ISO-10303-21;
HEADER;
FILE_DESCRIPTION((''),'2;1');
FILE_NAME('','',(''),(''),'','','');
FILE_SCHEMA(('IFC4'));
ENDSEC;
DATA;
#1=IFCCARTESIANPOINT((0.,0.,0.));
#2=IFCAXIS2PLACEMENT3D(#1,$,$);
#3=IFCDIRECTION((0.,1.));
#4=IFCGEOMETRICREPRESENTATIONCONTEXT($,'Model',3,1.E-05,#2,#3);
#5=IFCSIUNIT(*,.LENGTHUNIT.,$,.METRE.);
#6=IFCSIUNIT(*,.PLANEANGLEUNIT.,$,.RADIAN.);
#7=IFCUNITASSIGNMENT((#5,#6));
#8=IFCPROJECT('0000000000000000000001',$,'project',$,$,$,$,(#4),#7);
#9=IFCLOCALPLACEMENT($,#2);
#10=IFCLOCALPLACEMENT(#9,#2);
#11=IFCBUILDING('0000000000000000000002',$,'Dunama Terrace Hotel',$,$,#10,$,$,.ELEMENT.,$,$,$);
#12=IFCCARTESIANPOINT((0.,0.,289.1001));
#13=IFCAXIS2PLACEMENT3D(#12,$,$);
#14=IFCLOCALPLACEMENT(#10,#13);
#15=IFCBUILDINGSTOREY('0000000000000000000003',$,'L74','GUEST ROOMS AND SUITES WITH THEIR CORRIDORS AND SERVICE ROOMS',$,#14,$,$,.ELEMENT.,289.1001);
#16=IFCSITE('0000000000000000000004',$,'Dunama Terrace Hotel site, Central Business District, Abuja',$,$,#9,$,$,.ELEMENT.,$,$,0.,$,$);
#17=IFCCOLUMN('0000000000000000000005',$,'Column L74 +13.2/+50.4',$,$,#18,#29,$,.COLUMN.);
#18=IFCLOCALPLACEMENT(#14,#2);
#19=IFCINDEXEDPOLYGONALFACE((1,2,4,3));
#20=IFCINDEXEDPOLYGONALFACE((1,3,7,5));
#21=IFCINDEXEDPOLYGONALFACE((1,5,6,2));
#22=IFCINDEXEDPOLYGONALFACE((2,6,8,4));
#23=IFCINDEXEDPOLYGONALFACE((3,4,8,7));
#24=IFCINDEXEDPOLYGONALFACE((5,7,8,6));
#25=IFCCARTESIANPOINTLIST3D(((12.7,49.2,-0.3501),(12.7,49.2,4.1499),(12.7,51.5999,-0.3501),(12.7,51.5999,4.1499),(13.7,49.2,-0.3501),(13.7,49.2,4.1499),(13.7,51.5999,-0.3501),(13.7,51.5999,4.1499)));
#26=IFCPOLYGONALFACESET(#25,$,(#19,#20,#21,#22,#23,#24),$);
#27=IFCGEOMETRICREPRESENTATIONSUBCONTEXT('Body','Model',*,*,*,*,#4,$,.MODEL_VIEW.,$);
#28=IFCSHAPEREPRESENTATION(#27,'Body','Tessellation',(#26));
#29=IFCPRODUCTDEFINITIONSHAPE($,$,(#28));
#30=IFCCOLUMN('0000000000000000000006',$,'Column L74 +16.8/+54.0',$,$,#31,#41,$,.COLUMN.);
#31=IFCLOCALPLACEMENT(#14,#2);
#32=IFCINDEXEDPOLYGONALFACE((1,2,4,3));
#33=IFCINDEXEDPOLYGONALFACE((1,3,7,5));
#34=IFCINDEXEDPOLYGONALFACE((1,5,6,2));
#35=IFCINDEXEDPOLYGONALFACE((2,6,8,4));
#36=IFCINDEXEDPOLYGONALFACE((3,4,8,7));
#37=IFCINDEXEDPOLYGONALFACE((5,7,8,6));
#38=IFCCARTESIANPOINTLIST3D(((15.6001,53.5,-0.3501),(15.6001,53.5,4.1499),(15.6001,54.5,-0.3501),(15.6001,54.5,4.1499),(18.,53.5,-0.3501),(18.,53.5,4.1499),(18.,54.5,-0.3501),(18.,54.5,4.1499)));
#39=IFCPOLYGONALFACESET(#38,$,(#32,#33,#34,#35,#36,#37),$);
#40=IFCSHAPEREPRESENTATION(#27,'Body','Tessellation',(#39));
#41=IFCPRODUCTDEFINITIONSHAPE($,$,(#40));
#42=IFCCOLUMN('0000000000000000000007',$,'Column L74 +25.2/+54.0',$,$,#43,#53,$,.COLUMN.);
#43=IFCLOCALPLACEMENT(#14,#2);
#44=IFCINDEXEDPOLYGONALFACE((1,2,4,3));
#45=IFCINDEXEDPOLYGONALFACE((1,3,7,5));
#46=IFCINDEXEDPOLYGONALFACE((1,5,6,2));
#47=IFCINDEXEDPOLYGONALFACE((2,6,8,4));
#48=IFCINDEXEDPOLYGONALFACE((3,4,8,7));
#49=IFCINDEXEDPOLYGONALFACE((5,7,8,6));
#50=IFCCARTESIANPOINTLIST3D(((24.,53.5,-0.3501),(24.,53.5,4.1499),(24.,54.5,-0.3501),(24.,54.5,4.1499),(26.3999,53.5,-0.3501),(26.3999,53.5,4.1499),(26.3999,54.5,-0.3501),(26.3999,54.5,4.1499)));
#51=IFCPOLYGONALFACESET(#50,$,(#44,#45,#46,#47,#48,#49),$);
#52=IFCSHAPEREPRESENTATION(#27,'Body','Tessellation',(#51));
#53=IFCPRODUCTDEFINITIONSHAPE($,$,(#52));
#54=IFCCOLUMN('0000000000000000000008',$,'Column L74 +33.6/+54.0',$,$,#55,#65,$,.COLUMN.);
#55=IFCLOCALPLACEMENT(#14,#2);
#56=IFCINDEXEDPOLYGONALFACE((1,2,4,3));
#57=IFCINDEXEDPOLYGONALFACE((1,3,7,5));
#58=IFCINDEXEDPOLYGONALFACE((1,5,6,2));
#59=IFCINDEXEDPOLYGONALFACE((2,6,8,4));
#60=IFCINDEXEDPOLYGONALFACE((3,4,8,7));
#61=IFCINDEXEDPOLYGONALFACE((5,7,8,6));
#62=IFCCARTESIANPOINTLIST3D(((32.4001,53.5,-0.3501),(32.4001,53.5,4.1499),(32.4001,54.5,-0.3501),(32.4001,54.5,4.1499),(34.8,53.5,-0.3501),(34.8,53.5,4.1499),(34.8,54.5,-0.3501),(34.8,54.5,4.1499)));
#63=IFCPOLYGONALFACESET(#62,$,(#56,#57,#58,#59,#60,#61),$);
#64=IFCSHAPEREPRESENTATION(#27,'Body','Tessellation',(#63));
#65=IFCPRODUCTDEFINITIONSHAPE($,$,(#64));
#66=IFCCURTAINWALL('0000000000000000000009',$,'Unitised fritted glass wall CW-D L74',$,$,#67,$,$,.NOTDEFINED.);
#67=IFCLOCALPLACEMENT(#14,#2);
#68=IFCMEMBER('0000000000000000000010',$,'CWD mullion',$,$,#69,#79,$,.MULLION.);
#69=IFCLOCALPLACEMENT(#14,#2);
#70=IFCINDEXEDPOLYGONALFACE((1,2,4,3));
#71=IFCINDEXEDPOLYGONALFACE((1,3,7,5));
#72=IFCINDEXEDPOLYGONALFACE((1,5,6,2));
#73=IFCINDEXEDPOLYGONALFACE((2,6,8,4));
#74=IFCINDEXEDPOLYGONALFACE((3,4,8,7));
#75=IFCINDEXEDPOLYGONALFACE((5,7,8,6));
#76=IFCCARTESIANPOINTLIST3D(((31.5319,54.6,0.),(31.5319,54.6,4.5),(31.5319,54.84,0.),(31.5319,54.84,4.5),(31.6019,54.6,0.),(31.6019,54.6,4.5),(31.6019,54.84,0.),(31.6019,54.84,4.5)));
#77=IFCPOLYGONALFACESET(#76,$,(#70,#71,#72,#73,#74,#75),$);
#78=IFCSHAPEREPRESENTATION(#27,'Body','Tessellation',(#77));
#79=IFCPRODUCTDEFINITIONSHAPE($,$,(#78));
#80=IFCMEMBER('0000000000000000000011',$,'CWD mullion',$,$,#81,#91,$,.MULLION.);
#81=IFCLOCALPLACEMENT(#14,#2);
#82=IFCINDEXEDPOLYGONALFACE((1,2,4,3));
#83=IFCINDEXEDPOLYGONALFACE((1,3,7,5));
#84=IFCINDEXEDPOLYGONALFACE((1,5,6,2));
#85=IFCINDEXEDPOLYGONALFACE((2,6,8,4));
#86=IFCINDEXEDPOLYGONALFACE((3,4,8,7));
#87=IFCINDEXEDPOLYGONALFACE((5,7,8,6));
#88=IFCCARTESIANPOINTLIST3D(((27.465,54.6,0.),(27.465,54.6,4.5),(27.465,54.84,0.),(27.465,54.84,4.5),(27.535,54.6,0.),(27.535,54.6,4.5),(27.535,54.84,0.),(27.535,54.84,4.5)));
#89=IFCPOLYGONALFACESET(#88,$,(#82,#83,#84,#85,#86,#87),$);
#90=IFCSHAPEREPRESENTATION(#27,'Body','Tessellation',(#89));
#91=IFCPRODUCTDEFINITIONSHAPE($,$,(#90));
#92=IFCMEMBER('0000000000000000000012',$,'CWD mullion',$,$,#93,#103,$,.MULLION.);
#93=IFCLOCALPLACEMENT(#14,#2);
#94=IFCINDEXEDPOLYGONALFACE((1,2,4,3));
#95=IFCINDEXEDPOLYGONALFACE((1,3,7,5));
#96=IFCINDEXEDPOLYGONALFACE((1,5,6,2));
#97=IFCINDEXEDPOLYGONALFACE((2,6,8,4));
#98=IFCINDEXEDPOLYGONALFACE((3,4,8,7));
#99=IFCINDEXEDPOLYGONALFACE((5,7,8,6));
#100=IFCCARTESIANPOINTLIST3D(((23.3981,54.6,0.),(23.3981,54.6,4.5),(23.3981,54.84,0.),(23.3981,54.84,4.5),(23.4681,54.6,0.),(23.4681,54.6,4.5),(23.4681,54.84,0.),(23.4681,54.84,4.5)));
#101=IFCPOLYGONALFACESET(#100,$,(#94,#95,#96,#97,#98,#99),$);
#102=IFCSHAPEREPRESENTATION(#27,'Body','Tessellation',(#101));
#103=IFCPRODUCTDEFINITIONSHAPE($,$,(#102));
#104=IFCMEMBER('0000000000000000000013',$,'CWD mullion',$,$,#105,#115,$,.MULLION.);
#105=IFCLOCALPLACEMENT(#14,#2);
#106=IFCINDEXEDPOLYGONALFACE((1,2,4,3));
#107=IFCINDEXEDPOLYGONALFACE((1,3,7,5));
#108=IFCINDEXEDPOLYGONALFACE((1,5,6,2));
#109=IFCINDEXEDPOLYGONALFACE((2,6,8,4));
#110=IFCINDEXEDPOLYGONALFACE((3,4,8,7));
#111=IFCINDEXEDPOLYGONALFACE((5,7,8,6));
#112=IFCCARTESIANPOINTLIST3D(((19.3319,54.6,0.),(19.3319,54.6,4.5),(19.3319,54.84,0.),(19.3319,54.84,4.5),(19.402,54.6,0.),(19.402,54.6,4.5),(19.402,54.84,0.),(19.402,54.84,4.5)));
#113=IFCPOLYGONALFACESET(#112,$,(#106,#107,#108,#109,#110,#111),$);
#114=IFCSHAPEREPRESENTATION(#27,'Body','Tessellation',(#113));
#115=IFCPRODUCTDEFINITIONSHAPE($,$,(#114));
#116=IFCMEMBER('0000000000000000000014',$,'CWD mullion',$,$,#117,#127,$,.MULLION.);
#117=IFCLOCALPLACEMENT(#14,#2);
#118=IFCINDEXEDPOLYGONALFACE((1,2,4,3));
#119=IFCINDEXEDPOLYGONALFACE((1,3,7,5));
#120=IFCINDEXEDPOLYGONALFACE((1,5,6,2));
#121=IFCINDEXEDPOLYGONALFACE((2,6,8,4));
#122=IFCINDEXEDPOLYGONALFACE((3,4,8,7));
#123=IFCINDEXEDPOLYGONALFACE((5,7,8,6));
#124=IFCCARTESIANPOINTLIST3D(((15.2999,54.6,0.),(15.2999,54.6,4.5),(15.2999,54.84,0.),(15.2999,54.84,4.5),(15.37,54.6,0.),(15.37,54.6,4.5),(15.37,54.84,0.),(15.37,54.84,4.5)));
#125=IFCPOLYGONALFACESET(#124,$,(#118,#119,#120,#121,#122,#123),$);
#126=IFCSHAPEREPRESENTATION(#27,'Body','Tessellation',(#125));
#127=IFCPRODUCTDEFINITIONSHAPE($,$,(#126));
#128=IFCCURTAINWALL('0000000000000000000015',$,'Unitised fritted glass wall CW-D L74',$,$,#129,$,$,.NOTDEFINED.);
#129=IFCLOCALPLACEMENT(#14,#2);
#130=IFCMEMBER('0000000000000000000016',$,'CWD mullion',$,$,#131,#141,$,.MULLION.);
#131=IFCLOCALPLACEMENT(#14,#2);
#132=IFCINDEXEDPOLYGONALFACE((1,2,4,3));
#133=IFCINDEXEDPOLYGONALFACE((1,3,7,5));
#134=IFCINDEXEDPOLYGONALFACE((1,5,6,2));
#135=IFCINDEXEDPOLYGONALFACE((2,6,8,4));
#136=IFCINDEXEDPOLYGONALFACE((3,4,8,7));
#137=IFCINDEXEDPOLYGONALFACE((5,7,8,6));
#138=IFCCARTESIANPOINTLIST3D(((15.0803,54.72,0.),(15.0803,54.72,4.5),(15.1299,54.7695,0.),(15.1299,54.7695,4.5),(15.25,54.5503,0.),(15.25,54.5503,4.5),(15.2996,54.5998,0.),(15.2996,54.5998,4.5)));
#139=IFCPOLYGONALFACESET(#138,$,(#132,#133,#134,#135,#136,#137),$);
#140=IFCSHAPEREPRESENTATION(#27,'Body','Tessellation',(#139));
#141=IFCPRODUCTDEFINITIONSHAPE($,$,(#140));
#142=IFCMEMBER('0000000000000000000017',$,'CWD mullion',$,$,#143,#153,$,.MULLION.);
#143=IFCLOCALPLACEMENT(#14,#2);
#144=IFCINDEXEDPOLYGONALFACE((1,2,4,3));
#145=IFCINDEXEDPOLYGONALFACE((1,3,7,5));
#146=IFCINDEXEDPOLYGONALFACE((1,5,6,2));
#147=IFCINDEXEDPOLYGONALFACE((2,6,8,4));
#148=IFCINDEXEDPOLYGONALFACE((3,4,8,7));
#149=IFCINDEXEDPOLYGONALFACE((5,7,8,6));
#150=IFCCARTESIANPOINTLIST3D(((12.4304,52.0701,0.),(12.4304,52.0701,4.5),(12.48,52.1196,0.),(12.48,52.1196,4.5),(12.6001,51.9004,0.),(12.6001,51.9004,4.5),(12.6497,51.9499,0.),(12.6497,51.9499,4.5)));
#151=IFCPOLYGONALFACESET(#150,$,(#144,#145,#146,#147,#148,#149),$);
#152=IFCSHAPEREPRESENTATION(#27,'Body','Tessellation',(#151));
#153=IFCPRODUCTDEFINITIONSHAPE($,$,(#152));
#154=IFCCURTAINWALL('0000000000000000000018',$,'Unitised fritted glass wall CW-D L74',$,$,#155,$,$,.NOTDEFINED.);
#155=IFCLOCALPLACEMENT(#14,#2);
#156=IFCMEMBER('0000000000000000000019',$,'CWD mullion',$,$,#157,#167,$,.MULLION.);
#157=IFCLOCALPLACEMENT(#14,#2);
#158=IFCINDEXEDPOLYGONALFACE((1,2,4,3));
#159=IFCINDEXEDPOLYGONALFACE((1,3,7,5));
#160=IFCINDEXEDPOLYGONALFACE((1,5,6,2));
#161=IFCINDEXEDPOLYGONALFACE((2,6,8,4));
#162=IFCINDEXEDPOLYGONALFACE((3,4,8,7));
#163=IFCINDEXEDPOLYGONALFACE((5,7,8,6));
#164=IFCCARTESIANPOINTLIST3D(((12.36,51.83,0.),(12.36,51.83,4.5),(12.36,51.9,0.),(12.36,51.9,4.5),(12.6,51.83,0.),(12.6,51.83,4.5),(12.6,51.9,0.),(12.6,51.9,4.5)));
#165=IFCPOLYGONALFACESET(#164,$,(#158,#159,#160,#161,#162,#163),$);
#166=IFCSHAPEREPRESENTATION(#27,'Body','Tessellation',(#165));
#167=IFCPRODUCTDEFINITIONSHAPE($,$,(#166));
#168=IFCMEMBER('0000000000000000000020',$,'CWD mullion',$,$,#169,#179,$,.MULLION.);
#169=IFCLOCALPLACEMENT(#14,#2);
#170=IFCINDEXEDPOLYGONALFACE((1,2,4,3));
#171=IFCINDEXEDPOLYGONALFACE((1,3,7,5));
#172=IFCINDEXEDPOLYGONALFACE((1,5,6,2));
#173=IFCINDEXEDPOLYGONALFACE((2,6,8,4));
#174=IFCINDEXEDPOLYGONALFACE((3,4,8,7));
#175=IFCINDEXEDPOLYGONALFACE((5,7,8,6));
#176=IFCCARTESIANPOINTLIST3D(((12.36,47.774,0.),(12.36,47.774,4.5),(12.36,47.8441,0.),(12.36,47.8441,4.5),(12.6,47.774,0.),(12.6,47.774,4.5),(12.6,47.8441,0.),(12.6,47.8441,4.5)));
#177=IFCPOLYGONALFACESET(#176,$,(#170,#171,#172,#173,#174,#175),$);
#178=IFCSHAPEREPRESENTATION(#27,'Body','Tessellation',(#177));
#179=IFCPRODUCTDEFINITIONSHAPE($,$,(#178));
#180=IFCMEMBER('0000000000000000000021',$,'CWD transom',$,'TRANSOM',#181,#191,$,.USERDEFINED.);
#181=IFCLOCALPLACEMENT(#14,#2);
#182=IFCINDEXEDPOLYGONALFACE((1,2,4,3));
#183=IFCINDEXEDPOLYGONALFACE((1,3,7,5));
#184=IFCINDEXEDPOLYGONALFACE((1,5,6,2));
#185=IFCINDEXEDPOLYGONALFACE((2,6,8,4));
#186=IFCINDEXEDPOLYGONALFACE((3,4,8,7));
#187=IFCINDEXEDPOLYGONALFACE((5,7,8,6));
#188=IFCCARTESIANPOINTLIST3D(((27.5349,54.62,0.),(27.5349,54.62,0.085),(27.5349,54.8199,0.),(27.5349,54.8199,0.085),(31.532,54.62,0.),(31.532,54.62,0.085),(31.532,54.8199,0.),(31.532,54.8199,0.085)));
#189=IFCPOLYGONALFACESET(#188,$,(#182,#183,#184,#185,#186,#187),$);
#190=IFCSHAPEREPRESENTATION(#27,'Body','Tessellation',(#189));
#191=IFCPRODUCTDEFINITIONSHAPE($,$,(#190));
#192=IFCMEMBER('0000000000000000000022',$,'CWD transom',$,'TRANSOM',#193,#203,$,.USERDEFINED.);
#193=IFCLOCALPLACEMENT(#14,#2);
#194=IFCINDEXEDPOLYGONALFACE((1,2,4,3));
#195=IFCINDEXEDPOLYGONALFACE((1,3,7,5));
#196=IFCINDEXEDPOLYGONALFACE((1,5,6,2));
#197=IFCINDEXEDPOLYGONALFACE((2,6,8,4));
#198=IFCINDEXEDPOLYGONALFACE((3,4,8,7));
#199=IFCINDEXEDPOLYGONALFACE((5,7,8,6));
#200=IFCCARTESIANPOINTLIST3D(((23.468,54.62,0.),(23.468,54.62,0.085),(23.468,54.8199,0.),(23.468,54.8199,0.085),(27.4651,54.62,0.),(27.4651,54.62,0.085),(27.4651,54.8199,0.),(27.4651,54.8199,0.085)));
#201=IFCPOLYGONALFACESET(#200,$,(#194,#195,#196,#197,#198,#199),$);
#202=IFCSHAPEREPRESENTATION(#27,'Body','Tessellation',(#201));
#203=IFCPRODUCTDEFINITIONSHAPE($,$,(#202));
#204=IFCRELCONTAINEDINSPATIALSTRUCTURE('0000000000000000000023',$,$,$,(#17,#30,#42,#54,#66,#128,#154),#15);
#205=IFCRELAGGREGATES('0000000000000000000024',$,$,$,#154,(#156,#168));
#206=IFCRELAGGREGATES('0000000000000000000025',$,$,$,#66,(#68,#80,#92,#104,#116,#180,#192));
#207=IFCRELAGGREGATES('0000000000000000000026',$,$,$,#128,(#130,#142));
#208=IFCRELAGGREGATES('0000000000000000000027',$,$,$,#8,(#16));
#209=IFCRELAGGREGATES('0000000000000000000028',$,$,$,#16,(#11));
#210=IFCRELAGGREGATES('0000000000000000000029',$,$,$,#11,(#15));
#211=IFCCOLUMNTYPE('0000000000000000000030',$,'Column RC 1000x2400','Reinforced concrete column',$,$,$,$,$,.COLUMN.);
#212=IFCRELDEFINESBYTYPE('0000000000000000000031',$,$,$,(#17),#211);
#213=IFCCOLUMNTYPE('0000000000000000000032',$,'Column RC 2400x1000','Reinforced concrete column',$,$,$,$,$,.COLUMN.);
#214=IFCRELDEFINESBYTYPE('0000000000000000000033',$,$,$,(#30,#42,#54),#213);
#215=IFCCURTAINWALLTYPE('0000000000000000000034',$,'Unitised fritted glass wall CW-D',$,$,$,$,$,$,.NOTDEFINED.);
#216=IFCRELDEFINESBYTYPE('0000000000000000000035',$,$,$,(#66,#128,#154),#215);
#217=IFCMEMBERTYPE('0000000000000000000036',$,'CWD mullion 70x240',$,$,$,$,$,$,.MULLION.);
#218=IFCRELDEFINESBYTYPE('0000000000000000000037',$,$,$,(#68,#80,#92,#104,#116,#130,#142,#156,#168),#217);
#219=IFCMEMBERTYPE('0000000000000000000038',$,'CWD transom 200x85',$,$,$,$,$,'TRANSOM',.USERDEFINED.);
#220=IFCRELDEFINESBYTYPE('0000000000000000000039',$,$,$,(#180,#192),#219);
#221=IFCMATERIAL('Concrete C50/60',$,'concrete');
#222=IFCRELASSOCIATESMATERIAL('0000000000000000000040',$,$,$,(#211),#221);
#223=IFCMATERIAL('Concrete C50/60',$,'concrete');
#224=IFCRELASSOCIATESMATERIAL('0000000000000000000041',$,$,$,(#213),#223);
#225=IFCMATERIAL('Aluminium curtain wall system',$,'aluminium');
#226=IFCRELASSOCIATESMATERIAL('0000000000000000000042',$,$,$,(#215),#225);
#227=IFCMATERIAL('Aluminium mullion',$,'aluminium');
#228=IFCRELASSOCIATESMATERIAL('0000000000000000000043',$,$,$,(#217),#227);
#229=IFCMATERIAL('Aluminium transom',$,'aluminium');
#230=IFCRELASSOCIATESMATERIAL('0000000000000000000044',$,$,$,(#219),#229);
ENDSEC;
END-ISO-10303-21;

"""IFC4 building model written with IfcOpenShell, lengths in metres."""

from ifc_helpers import new_model, si_unit, direction, frame, origin, origin_2d, place, context, subcontext, project, spatial, rectangle, extrude, material, material_profile, profile_set, type_object, element, aggregate, save


model = new_model("IFC4")

# Units and contexts
model_context = context("Model", 3, precision=1e-05, world=origin(), true_north=direction((0.0, 1.0)))
body_context = subcontext(model_context, "Body", "Model", "MODEL_VIEW")
ifc_project = project(units=[si_unit("LENGTHUNIT", "METRE"), si_unit("PLANEANGLEUNIT", "RADIAN")], contexts=[model_context])

# Site, building, storey
site_placement = place(None, origin())
site = spatial("IfcSite", under=ifc_project, at=site_placement, Name="Dunama Terrace Hotel site, Central Business District, Abuja", CompositionType="ELEMENT", RefElevation=0.0)
building_placement = place(site_placement, origin())
building = spatial("IfcBuilding", under=site, at=building_placement, Name="Dunama Terrace Hotel", CompositionType="ELEMENT")
storey_placement = place(building_placement, frame((0.0, 0.0, 289.1001)))
storey = spatial("IfcBuildingStorey", under=building, at=storey_placement, Name="L74", Description="GUEST ROOMS AND SUITES WITH THEIR CORRIDORS AND SERVICE ROOMS", CompositionType="ELEMENT", Elevation=289.1001)

# Columns
ifc_material_1 = material(Name="Concrete C50/60", Category="concrete")
ifc_material_profile_1 = material_profile(ifc_material_1, rectangle(XDim=1.0, YDim=2.3999, at=origin_2d()), Name="RC 1000x2400")
ifc_profile_set_1 = profile_set([ifc_material_profile_1], Name="Concrete C50/60")
column_type_1 = type_object("IfcColumnType", Name="Column RC 1000x2400", Description="Reinforced concrete column", PredefinedType="COLUMN", material=ifc_profile_set_1)
column_placement = place(storey_placement, frame((13.2, 50.3999, -0.3501), z_axis=(0.0, 0.0, 1.0), x_axis=(1.0, 0.0, 0.0)))
element("IfcColumn", 1, at=column_placement, inside=storey, type_object=column_type_1, Name="Column L74 +13.2/+50.4", PredefinedType="COLUMN", context=body_context, shape_type="SweptSolid", body=[
    extrude(rectangle(XDim=1.0, YDim=2.3999, at=origin_2d()), origin(), (0.0, 0.0, 1.0), 4.5),
])
ifc_material_2 = material(Name="Concrete C50/60", Category="concrete")
ifc_material_profile_2 = material_profile(ifc_material_2, rectangle(XDim=2.3999, YDim=1.0, at=origin_2d()), Name="RC 2400x1000")
ifc_profile_set_2 = profile_set([ifc_material_profile_2], Name="Concrete C50/60")
column_type_2 = type_object("IfcColumnType", Name="Column RC 2400x1000", Description="Reinforced concrete column", PredefinedType="COLUMN", material=ifc_profile_set_2)
for number, where, z_axis, x_axis, name in (
    (2, (16.8, 54.0, -0.3501), (0.0, 0.0, 1.0), (1.0, 0.0, 0.0), "Column L74 +16.8/+54.0"),
    (3, (25.2, 54.0, -0.3501), (0.0, 0.0, 1.0), (1.0, 0.0, 0.0), "Column L74 +25.2/+54.0"),
    (4, (33.6001, 54.0, -0.3501), (0.0, 0.0, 1.0), (1.0, 0.0, 0.0), "Column L74 +33.6/+54.0"),
):
    element("IfcColumn", number, at=place(storey_placement, frame(where, z_axis=z_axis, x_axis=x_axis)), inside=storey, type_object=column_type_2, Name=name, PredefinedType="COLUMN", context=body_context, shape_type="SweptSolid", body=[
        extrude(rectangle(XDim=2.3999, YDim=1.0, at=origin_2d()), origin(), (0.0, 0.0, 1.0), 4.5),
    ])

# Curtain walls, members
ifc_material_3 = material(Name="Aluminium curtain wall system", Category="aluminium")
curtain_wall_type = type_object("IfcCurtainWallType", Name="Unitised fritted glass wall CW-D", PredefinedType="NOTDEFINED", material=ifc_material_3)
curtain_wall_1_placement = place(storey_placement, origin())
curtain_wall_1 = element("IfcCurtainWall", 5, at=curtain_wall_1_placement, inside=storey, type_object=curtain_wall_type, Name="Unitised fritted glass wall CW-D L74", PredefinedType="NOTDEFINED")
ifc_material_4 = material(Name="Aluminium mullion", Category="aluminium")
ifc_material_profile_3 = material_profile(ifc_material_4, rectangle(XDim=0.0701, YDim=0.24, at=origin_2d()), Name="CWD MULLION 70X240")
ifc_profile_set_3 = profile_set([ifc_material_profile_3], Name="Aluminium mullion")
member_type_1 = type_object("IfcMemberType", Name="CWD mullion 70x240", PredefinedType="MULLION", material=ifc_profile_set_3)
member_1_placement = place(storey_placement, frame((31.5669, 54.72, 0.0), z_axis=(0.0, 0.0, 1.0), x_axis=(-1.0, 0.0, 0.0)))
member_1 = element("IfcMember", 6, at=member_1_placement, type_object=member_type_1, Name="CWD mullion", PredefinedType="MULLION", context=body_context, shape_type="SweptSolid", body=[
    extrude(rectangle(XDim=0.0701, YDim=0.24, at=origin_2d()), origin(), (0.0, 0.0, 1.0), 4.5),
])
member_2_placement = place(storey_placement, frame((27.5, 54.72, 0.0), z_axis=(0.0, 0.0, 1.0), x_axis=(-1.0, 0.0, 0.0)))
member_2 = element("IfcMember", 7, at=member_2_placement, type_object=member_type_1, Name="CWD mullion", PredefinedType="MULLION", context=body_context, shape_type="SweptSolid", body=[
    extrude(rectangle(XDim=0.0701, YDim=0.24, at=origin_2d()), origin(), (0.0, 0.0, 1.0), 4.5),
])
member_3_placement = place(storey_placement, frame((23.4331, 54.72, 0.0), z_axis=(0.0, 0.0, 1.0), x_axis=(-1.0, 0.0, 0.0)))
member_3 = element("IfcMember", 8, at=member_3_placement, type_object=member_type_1, Name="CWD mullion", PredefinedType="MULLION", context=body_context, shape_type="SweptSolid", body=[
    extrude(rectangle(XDim=0.0701, YDim=0.24, at=origin_2d()), origin(), (0.0, 0.0, 1.0), 4.5),
])
member_4_placement = place(storey_placement, frame((19.3669, 54.72, 0.0), z_axis=(0.0, 0.0, 1.0), x_axis=(-1.0, 0.0, 0.0)))
member_4 = element("IfcMember", 9, at=member_4_placement, type_object=member_type_1, Name="CWD mullion", PredefinedType="MULLION", context=body_context, shape_type="SweptSolid", body=[
    extrude(rectangle(XDim=0.0701, YDim=0.24, at=origin_2d()), origin(), (0.0, 0.0, 1.0), 4.5),
])
member_5_placement = place(storey_placement, frame((15.335, 54.72, 0.0), z_axis=(0.0, 0.0, 1.0), x_axis=(-1.0, 0.0, 0.0)))
member_5 = element("IfcMember", 10, at=member_5_placement, type_object=member_type_1, Name="CWD mullion", PredefinedType="MULLION", context=body_context, shape_type="SweptSolid", body=[
    extrude(rectangle(XDim=0.0701, YDim=0.24, at=origin_2d()), origin(), (0.0, 0.0, 1.0), 4.5),
])
curtain_wall_2_placement = place(storey_placement, origin())
curtain_wall_2 = element("IfcCurtainWall", 11, at=curtain_wall_2_placement, inside=storey, type_object=curtain_wall_type, Name="Unitised fritted glass wall CW-D L74", PredefinedType="NOTDEFINED")
member_6_placement = place(storey_placement, frame((15.1899, 54.6599, 0.0), z_axis=(0.0, 0.0, 1.0), x_axis=(-0.707107, -0.707107, 0.0)))
member_6 = element("IfcMember", 12, at=member_6_placement, type_object=member_type_1, Name="CWD mullion", PredefinedType="MULLION", context=body_context, shape_type="SweptSolid", body=[
    extrude(rectangle(XDim=0.0701, YDim=0.24, at=origin_2d()), origin(), (0.0, 0.0, 1.0), 4.5),
])
member_7_placement = place(storey_placement, frame((12.54, 52.01, 0.0), z_axis=(0.0, 0.0, 1.0), x_axis=(-0.707107, -0.707107, 0.0)))
member_7 = element("IfcMember", 13, at=member_7_placement, type_object=member_type_1, Name="CWD mullion", PredefinedType="MULLION", context=body_context, shape_type="SweptSolid", body=[
    extrude(rectangle(XDim=0.0701, YDim=0.24, at=origin_2d()), origin(), (0.0, 0.0, 1.0), 4.5),
])
curtain_wall_3_placement = place(storey_placement, origin())
curtain_wall_3 = element("IfcCurtainWall", 14, at=curtain_wall_3_placement, inside=storey, type_object=curtain_wall_type, Name="Unitised fritted glass wall CW-D L74", PredefinedType="NOTDEFINED")
member_8_placement = place(storey_placement, frame((12.48, 51.865, 0.0), z_axis=(0.0, 0.0, 1.0), x_axis=(0.0, -1.0, 0.0)))
member_8 = element("IfcMember", 15, at=member_8_placement, type_object=member_type_1, Name="CWD mullion", PredefinedType="MULLION", context=body_context, shape_type="SweptSolid", body=[
    extrude(rectangle(XDim=0.0701, YDim=0.24, at=origin_2d()), origin(), (0.0, 0.0, 1.0), 4.5),
])
member_9_placement = place(storey_placement, frame((12.48, 47.8091, 0.0), z_axis=(0.0, 0.0, 1.0), x_axis=(0.0, -1.0, 0.0)))
member_9 = element("IfcMember", 16, at=member_9_placement, type_object=member_type_1, Name="CWD mullion", PredefinedType="MULLION", context=body_context, shape_type="SweptSolid", body=[
    extrude(rectangle(XDim=0.0701, YDim=0.24, at=origin_2d()), origin(), (0.0, 0.0, 1.0), 4.5),
])

# Members
ifc_material_5 = material(Name="Aluminium transom", Category="aluminium")
ifc_material_profile_4 = material_profile(ifc_material_5, rectangle(XDim=0.2, YDim=0.085, at=origin_2d()), Name="CWD TRANSOM 200X85")
ifc_profile_set_4 = profile_set([ifc_material_profile_4], Name="Aluminium transom")
member_type_2 = type_object("IfcMemberType", Name="CWD transom 200x85", ElementType="TRANSOM", PredefinedType="USERDEFINED", material=ifc_profile_set_4)
member_10_placement = place(storey_placement, frame((31.532, 54.72, 0.0425), z_axis=(-1.0, 0.0, 0.0), x_axis=(0.0, -1.0, 0.0)))
member_10 = element("IfcMember", 17, at=member_10_placement, type_object=member_type_2, Name="CWD transom", ObjectType="TRANSOM", PredefinedType="USERDEFINED", context=body_context, shape_type="SweptSolid", body=[
    extrude(rectangle(XDim=0.2, YDim=0.085, at=origin_2d()), origin(), (0.0, 0.0, 1.0), 3.9971),
])
member_11_placement = place(storey_placement, frame((27.4651, 54.72, 0.0425), z_axis=(-1.0, 0.0, 0.0), x_axis=(0.0, -1.0, 0.0)))
member_11 = element("IfcMember", 18, at=member_11_placement, type_object=member_type_2, Name="CWD transom", ObjectType="TRANSOM", PredefinedType="USERDEFINED", context=body_context, shape_type="SweptSolid", body=[
    extrude(rectangle(XDim=0.2, YDim=0.085, at=origin_2d()), origin(), (0.0, 0.0, 1.0), 3.9971),
])

aggregate(curtain_wall_3, [member_8, member_9])
aggregate(curtain_wall_1, [member_1, member_2, member_3, member_4, member_5, member_10, member_11])
aggregate(curtain_wall_2, [member_6, member_7])

save(model, "model.ifc")
